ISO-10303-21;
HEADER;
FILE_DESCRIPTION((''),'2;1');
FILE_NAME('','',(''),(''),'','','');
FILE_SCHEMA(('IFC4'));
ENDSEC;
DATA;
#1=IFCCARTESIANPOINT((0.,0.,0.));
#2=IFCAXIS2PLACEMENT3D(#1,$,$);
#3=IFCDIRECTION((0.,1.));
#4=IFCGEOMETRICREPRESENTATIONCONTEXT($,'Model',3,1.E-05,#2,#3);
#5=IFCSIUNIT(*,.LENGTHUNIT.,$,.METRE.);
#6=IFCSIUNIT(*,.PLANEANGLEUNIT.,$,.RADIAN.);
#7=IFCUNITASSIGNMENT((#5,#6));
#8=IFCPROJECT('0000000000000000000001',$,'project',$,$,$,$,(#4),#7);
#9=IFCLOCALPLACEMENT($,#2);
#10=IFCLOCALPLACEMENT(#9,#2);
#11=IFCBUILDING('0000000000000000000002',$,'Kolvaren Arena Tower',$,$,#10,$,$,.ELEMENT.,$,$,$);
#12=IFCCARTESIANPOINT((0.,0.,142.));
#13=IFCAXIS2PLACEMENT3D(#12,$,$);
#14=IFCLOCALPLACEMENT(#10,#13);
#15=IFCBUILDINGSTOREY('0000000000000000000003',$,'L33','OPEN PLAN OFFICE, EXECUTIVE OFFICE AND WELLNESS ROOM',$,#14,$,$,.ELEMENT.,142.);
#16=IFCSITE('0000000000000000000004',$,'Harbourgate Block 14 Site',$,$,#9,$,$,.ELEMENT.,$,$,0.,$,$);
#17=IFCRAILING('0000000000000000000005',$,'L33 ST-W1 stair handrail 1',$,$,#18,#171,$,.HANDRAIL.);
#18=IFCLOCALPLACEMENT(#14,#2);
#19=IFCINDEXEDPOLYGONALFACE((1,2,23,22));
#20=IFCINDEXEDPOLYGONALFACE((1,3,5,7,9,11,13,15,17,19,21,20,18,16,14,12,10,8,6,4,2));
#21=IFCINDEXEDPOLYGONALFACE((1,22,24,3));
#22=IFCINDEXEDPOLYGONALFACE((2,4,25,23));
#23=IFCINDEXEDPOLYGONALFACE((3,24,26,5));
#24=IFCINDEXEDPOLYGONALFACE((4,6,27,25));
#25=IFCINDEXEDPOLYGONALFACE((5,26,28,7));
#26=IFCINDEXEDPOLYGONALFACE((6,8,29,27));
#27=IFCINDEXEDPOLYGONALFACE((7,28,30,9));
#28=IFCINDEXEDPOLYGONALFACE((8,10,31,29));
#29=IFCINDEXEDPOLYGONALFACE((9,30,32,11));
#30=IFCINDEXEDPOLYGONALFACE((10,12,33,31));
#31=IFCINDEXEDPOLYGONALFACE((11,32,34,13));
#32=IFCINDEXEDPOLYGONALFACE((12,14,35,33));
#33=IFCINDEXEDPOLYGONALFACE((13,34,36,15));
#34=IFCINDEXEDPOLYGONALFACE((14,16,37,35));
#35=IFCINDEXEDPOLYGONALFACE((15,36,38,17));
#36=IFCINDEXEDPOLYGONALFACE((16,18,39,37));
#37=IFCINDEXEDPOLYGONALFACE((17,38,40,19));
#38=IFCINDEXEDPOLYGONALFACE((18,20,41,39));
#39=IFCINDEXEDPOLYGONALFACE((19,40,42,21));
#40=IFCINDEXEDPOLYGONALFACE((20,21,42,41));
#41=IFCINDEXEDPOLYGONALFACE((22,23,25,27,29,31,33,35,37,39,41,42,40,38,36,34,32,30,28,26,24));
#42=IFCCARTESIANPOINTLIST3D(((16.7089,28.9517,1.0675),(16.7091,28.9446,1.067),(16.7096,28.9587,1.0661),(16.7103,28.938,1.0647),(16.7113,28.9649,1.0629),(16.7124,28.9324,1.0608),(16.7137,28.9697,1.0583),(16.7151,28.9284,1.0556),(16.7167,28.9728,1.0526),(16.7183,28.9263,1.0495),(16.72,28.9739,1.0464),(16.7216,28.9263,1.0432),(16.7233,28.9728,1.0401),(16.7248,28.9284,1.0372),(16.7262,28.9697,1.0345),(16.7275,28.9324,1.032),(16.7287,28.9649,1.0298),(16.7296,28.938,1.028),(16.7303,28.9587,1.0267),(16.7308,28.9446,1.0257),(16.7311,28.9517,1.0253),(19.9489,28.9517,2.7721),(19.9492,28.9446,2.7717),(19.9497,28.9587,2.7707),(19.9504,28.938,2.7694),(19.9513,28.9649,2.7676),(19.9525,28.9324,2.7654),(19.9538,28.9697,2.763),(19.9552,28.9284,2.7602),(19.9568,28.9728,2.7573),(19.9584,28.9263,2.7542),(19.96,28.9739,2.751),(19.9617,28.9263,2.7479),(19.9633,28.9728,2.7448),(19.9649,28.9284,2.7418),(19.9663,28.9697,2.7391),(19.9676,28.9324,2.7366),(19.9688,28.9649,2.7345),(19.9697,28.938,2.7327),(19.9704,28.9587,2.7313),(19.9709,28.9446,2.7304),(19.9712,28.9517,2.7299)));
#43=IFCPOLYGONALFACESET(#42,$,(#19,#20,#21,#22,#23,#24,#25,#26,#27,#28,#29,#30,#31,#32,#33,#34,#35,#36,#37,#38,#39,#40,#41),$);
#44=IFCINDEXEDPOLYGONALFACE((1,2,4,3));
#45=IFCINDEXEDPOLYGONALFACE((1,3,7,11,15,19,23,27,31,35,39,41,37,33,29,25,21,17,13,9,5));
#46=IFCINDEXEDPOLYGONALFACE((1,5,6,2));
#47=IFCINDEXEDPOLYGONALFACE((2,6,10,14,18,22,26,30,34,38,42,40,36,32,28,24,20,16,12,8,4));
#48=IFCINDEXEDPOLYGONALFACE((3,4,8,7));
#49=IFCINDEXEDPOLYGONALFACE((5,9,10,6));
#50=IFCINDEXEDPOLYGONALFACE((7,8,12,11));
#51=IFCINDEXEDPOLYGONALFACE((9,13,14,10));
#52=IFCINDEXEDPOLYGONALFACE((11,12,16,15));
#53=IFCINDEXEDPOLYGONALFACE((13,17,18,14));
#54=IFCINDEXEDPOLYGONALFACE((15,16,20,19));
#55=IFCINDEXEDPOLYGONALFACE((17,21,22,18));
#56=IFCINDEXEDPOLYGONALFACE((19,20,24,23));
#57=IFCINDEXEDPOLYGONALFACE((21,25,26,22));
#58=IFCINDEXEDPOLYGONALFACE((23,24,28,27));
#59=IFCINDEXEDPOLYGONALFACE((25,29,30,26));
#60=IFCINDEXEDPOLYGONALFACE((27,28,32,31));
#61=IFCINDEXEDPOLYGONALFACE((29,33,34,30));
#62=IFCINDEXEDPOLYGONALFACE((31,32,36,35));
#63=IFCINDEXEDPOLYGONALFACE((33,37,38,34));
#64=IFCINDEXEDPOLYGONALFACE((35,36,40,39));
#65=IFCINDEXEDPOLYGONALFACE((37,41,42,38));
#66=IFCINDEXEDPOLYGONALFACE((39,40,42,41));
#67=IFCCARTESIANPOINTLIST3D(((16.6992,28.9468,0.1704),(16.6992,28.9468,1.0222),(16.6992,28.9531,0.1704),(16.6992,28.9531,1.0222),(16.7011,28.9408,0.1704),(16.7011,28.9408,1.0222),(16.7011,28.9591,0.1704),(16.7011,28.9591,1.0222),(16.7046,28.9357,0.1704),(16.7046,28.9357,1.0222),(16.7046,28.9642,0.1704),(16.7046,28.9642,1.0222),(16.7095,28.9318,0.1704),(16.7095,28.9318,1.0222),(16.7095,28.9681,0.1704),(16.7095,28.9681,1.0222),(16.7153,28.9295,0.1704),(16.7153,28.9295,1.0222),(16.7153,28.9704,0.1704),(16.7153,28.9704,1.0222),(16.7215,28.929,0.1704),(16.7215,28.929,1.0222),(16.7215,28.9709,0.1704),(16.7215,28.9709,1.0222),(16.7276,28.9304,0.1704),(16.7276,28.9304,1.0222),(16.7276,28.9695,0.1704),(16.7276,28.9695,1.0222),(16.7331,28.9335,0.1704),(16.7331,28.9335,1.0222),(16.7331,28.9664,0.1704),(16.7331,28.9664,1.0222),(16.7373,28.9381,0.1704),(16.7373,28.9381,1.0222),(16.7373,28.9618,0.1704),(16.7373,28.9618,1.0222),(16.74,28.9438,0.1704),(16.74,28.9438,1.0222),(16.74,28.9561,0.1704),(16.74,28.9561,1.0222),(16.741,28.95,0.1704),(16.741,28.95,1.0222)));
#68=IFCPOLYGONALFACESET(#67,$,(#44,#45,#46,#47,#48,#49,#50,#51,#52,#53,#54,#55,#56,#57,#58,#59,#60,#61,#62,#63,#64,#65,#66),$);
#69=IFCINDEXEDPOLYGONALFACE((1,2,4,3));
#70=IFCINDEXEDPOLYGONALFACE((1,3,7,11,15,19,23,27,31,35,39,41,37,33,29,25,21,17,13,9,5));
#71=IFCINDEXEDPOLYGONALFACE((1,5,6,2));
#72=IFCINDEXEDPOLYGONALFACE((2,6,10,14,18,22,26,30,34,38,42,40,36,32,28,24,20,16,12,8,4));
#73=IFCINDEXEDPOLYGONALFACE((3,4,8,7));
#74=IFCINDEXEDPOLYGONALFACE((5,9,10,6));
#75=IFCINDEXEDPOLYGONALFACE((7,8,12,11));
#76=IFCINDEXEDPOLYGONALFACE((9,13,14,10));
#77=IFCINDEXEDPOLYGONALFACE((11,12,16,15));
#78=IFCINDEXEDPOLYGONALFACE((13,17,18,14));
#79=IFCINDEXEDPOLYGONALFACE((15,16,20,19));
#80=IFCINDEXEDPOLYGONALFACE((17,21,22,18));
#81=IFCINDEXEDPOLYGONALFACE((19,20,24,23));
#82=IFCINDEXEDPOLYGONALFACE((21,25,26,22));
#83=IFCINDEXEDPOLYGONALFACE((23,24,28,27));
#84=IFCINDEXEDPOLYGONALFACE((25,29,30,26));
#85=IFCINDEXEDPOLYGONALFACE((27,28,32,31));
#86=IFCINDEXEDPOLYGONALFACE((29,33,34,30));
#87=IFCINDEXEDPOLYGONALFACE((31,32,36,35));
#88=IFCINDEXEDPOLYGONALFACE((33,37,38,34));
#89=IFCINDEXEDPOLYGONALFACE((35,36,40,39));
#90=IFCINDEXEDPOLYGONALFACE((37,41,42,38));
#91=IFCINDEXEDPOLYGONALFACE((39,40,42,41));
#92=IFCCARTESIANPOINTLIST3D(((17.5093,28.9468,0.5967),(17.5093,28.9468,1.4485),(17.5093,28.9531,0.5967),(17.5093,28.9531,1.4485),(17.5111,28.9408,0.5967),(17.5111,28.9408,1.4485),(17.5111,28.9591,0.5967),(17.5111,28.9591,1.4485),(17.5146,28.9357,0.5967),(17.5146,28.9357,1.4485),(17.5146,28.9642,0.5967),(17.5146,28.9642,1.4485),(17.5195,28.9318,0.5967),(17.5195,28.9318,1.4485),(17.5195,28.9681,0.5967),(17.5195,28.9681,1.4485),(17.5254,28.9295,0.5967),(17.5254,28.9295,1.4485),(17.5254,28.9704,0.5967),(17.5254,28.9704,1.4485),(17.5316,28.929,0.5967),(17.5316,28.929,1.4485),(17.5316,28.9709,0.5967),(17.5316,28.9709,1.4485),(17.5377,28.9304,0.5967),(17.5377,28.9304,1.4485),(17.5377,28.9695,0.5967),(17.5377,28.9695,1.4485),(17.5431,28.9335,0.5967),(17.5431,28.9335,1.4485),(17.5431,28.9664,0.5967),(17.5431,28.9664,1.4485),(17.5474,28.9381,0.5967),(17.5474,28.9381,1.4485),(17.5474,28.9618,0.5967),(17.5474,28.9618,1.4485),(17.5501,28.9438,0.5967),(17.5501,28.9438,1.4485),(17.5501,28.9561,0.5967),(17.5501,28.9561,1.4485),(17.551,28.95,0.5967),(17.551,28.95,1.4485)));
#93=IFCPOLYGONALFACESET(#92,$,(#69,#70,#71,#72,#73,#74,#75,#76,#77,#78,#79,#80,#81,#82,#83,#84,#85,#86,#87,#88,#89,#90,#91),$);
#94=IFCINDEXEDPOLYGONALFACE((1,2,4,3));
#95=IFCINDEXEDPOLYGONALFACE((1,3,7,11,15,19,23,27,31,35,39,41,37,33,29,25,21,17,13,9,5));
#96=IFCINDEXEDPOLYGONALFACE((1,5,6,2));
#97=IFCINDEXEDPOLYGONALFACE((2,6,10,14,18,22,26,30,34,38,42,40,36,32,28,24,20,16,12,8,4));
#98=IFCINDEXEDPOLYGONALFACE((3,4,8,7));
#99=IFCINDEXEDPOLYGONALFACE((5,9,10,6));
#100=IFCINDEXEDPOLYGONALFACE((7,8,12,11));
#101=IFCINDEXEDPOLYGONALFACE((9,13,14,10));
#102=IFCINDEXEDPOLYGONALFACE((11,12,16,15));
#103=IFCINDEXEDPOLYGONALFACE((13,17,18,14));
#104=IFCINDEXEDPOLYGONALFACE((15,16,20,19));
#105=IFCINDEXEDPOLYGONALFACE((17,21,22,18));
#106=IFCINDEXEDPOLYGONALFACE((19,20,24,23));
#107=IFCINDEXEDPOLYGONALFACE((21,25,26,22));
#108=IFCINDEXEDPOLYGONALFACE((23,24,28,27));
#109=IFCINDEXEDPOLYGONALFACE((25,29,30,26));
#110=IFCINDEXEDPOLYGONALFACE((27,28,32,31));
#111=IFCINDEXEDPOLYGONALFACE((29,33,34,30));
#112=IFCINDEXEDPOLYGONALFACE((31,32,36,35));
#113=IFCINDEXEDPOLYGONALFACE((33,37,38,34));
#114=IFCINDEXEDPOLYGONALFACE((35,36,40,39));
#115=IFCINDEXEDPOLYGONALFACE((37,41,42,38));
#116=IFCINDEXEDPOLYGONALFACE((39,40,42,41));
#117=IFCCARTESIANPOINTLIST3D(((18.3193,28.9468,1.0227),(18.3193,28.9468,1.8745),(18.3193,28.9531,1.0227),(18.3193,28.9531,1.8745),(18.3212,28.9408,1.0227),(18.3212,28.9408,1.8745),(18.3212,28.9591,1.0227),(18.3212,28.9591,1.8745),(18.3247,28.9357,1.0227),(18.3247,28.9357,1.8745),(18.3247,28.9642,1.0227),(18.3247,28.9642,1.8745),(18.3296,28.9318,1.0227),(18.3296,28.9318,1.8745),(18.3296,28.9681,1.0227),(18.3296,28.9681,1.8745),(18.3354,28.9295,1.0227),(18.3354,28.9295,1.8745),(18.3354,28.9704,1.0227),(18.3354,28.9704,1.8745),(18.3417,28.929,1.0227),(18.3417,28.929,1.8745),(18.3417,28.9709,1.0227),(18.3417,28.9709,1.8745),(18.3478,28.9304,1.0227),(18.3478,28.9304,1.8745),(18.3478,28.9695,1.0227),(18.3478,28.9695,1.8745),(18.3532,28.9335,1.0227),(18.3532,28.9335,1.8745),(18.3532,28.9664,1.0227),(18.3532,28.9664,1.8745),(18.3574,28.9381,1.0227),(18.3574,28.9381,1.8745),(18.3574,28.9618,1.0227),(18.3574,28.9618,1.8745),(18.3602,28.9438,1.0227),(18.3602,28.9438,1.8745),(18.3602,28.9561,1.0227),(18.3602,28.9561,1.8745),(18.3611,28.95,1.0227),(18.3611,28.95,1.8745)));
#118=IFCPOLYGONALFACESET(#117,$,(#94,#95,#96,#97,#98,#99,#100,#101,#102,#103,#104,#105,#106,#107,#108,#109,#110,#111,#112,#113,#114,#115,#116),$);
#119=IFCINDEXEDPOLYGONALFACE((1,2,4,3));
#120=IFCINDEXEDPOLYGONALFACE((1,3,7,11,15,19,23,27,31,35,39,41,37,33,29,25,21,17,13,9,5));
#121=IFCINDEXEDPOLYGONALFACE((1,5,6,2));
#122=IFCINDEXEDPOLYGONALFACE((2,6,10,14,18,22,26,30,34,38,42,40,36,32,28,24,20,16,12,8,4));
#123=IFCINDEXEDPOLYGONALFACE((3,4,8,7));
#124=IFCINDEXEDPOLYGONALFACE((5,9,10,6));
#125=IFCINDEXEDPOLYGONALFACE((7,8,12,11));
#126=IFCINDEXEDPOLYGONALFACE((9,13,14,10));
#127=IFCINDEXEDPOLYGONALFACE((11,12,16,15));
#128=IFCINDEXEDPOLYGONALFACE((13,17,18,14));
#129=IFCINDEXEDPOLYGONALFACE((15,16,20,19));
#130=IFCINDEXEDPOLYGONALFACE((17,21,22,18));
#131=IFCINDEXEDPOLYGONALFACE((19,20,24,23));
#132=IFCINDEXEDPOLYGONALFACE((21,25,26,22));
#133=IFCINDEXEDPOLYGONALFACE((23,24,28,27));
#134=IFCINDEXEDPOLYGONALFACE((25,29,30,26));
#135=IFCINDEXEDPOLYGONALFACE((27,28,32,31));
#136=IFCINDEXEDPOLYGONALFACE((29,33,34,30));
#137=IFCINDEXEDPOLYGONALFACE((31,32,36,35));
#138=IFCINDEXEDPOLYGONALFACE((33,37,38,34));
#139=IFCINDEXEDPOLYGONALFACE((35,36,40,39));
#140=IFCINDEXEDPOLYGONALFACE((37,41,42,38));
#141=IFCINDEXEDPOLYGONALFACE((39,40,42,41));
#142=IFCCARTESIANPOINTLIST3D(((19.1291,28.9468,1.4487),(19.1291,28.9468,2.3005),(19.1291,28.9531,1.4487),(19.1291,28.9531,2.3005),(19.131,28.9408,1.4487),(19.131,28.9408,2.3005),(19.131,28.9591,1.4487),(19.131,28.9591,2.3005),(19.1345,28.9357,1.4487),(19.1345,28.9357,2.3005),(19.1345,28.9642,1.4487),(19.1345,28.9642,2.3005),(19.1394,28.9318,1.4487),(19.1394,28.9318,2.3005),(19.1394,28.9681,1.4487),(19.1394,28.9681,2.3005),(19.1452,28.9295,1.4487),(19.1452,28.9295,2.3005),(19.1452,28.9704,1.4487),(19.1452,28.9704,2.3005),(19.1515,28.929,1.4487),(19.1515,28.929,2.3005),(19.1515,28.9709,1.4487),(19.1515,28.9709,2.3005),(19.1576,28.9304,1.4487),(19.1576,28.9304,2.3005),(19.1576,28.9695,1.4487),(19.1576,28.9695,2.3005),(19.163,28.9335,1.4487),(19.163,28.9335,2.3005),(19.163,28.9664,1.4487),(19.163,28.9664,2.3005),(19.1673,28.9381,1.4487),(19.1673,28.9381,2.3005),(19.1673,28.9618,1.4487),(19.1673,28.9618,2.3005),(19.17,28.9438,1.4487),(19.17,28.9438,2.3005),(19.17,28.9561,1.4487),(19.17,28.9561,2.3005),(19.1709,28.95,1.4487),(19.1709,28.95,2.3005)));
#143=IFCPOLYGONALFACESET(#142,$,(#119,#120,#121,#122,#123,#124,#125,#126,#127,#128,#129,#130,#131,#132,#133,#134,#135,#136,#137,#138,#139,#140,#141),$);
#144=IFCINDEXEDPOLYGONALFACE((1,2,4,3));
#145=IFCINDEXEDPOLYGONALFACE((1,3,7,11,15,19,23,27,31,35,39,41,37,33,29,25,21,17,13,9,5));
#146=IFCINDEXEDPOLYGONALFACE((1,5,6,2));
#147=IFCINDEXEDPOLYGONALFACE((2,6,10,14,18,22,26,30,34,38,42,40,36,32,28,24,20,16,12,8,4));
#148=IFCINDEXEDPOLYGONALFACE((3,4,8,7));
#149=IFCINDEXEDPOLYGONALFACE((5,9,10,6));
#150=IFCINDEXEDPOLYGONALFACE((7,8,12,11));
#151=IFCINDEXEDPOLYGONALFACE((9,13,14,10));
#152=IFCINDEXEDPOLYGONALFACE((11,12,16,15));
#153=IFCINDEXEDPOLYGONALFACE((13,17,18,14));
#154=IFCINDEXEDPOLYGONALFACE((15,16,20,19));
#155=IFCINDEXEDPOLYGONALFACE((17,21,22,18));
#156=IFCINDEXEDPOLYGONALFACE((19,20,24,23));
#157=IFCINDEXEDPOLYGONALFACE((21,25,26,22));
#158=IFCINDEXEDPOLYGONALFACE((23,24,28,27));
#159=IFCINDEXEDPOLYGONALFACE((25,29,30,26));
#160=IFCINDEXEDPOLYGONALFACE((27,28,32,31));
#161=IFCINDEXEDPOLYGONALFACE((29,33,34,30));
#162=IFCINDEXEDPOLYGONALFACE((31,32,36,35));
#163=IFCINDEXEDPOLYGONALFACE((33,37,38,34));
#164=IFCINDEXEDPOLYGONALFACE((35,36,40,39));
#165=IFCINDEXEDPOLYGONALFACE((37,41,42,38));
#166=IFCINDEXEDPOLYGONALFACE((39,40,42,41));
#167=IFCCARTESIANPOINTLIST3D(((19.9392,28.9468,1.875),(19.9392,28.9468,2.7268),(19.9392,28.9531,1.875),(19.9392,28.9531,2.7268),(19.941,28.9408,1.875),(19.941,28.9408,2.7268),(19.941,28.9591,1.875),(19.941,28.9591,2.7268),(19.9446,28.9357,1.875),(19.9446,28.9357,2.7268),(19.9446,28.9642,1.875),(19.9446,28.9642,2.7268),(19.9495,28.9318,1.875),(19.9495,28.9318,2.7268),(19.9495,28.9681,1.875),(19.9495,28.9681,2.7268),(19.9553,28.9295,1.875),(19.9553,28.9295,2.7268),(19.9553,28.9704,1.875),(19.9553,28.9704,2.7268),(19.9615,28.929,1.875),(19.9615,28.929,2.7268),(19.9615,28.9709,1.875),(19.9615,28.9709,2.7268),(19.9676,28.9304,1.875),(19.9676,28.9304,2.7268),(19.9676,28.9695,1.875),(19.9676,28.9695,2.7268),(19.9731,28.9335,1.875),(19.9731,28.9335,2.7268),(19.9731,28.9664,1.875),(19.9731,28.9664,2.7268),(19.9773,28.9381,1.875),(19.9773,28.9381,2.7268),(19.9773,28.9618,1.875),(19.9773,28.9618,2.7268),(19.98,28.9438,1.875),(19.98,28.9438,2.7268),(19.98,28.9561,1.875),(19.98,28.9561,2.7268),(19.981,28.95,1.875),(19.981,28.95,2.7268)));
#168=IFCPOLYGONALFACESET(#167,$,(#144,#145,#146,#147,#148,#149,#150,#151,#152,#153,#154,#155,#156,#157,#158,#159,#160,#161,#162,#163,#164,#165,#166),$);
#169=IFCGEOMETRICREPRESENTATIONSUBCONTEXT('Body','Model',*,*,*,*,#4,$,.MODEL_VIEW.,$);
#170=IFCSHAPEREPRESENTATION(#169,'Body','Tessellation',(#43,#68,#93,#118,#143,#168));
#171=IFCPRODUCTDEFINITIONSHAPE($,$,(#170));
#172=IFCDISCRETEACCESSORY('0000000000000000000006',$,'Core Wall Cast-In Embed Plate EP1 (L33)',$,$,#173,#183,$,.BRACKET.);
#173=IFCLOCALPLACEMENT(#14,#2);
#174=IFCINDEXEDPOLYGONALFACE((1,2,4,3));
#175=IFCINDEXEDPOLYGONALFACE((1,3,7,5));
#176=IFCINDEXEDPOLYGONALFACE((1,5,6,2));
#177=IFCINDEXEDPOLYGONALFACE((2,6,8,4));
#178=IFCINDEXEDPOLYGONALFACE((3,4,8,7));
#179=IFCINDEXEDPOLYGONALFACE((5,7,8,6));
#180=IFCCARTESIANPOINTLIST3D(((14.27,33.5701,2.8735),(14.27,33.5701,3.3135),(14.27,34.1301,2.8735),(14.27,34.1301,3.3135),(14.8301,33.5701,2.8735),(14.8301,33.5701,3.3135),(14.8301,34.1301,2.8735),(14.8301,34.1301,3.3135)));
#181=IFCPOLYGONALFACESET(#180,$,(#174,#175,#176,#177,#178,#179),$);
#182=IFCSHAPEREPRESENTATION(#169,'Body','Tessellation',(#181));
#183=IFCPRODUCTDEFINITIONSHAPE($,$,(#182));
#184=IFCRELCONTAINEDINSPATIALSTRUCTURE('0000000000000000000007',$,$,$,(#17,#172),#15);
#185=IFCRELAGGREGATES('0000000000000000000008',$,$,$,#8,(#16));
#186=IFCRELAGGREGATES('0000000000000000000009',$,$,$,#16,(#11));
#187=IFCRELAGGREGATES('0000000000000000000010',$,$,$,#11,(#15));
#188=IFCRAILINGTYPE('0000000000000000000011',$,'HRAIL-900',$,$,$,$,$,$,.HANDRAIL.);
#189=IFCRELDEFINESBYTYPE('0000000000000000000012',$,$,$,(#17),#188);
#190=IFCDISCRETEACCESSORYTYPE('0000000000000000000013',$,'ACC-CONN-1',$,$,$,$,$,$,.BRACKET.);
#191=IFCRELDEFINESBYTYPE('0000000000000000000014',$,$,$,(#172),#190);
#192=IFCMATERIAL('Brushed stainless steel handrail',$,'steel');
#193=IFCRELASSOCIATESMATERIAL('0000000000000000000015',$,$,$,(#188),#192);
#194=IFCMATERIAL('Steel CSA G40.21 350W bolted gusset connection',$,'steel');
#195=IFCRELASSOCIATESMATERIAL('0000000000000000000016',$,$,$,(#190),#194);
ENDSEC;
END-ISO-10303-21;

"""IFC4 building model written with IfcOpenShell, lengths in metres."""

from ifc_helpers import new_model, si_unit, direction, frame, origin, origin_2d, place, context, subcontext, project, spatial, rectangle, circle, extrude, material, type_object, element, save


model = new_model("IFC4")

# Units and contexts
model_context = context("Model", 3, precision=1e-05, world=origin(), true_north=direction((0.0, 1.0)))
body_context = subcontext(model_context, "Body", "Model", "MODEL_VIEW")
ifc_project = project(units=[si_unit("LENGTHUNIT", "METRE"), si_unit("PLANEANGLEUNIT", "RADIAN")], contexts=[model_context])

# Site, building, storey
site_placement = place(None, origin())
site = spatial("IfcSite", under=ifc_project, at=site_placement, Name="Harbourgate Block 14 Site", CompositionType="ELEMENT", RefElevation=0.0)
building_placement = place(site_placement, origin())
building = spatial("IfcBuilding", under=site, at=building_placement, Name="Kolvaren Arena Tower", CompositionType="ELEMENT")
storey_placement = place(building_placement, frame((0.0, 0.0, 142.0)))
storey = spatial("IfcBuildingStorey", under=building, at=storey_placement, Name="L33", Description="OPEN PLAN OFFICE, EXECUTIVE OFFICE AND WELLNESS ROOM", CompositionType="ELEMENT", Elevation=142.0)

# Railing
ifc_material_1 = material(Name="Brushed stainless steel handrail", Category="steel")
railing_type_1 = type_object("IfcRailingType", Name="HRAIL-900", PredefinedType="HANDRAIL", material=ifc_material_1)
railing_1_placement = place(storey_placement, frame((16.72, 28.95, 0.1704)))
element("IfcRailing", 1, at=railing_1_placement, inside=storey, type_object=railing_type_1, Name="L33 ST-W1 stair handrail 1", PredefinedType="HANDRAIL", context=body_context, shape_type="SweptSolid", body=[
    extrude(circle(Radius=0.0239, at=origin_2d()), frame((0.0, 0.0, 0.876), z_axis=(0.884993, 0.0, 0.465604), x_axis=(0.0, 1.0, 0.0)), (0.0, 0.0, 1.0), 3.6611),
    extrude(circle(Radius=0.021, at=origin_2d()), origin(), (0.0, 0.0, 1.0), 0.8518),
    extrude(circle(Radius=0.021, at=origin_2d()), frame((0.8101, 0.0, 0.4263)), (0.0, 0.0, 1.0), 0.8518),
    extrude(circle(Radius=0.021, at=origin_2d()), frame((1.6201, 0.0, 0.8523)), (0.0, 0.0, 1.0), 0.8518),
    extrude(circle(Radius=0.021, at=origin_2d()), frame((2.4299, 0.0, 1.2783)), (0.0, 0.0, 1.0), 0.8518),
    extrude(circle(Radius=0.021, at=origin_2d()), frame((3.24, 0.0, 1.7046)), (0.0, 0.0, 1.0), 0.8518),
])

# Discrete accessory
ifc_material_2 = material(Name="Steel CSA G40.21 350W bolted gusset connection", Category="steel")
discrete_accessory_type = type_object("IfcDiscreteAccessoryType", Name="ACC-CONN-1", PredefinedType="BRACKET", material=ifc_material_2)
discrete_accessory_placement = place(storey_placement, frame((14.55, 33.8501, 2.8735), z_axis=(0.0, 0.0, 1.0), x_axis=(1.0, 0.0, 0.0)))
element("IfcDiscreteAccessory", 2, at=discrete_accessory_placement, inside=storey, type_object=discrete_accessory_type, Name="Core Wall Cast-In Embed Plate EP1 (L33)", PredefinedType="BRACKET", context=body_context, shape_type="SweptSolid", body=[
    extrude(rectangle(XDim=0.5601, YDim=0.5601, at=origin_2d()), origin(), (0.0, 0.0, 1.0), 0.4399),
])

save(model, "model.ifc")
